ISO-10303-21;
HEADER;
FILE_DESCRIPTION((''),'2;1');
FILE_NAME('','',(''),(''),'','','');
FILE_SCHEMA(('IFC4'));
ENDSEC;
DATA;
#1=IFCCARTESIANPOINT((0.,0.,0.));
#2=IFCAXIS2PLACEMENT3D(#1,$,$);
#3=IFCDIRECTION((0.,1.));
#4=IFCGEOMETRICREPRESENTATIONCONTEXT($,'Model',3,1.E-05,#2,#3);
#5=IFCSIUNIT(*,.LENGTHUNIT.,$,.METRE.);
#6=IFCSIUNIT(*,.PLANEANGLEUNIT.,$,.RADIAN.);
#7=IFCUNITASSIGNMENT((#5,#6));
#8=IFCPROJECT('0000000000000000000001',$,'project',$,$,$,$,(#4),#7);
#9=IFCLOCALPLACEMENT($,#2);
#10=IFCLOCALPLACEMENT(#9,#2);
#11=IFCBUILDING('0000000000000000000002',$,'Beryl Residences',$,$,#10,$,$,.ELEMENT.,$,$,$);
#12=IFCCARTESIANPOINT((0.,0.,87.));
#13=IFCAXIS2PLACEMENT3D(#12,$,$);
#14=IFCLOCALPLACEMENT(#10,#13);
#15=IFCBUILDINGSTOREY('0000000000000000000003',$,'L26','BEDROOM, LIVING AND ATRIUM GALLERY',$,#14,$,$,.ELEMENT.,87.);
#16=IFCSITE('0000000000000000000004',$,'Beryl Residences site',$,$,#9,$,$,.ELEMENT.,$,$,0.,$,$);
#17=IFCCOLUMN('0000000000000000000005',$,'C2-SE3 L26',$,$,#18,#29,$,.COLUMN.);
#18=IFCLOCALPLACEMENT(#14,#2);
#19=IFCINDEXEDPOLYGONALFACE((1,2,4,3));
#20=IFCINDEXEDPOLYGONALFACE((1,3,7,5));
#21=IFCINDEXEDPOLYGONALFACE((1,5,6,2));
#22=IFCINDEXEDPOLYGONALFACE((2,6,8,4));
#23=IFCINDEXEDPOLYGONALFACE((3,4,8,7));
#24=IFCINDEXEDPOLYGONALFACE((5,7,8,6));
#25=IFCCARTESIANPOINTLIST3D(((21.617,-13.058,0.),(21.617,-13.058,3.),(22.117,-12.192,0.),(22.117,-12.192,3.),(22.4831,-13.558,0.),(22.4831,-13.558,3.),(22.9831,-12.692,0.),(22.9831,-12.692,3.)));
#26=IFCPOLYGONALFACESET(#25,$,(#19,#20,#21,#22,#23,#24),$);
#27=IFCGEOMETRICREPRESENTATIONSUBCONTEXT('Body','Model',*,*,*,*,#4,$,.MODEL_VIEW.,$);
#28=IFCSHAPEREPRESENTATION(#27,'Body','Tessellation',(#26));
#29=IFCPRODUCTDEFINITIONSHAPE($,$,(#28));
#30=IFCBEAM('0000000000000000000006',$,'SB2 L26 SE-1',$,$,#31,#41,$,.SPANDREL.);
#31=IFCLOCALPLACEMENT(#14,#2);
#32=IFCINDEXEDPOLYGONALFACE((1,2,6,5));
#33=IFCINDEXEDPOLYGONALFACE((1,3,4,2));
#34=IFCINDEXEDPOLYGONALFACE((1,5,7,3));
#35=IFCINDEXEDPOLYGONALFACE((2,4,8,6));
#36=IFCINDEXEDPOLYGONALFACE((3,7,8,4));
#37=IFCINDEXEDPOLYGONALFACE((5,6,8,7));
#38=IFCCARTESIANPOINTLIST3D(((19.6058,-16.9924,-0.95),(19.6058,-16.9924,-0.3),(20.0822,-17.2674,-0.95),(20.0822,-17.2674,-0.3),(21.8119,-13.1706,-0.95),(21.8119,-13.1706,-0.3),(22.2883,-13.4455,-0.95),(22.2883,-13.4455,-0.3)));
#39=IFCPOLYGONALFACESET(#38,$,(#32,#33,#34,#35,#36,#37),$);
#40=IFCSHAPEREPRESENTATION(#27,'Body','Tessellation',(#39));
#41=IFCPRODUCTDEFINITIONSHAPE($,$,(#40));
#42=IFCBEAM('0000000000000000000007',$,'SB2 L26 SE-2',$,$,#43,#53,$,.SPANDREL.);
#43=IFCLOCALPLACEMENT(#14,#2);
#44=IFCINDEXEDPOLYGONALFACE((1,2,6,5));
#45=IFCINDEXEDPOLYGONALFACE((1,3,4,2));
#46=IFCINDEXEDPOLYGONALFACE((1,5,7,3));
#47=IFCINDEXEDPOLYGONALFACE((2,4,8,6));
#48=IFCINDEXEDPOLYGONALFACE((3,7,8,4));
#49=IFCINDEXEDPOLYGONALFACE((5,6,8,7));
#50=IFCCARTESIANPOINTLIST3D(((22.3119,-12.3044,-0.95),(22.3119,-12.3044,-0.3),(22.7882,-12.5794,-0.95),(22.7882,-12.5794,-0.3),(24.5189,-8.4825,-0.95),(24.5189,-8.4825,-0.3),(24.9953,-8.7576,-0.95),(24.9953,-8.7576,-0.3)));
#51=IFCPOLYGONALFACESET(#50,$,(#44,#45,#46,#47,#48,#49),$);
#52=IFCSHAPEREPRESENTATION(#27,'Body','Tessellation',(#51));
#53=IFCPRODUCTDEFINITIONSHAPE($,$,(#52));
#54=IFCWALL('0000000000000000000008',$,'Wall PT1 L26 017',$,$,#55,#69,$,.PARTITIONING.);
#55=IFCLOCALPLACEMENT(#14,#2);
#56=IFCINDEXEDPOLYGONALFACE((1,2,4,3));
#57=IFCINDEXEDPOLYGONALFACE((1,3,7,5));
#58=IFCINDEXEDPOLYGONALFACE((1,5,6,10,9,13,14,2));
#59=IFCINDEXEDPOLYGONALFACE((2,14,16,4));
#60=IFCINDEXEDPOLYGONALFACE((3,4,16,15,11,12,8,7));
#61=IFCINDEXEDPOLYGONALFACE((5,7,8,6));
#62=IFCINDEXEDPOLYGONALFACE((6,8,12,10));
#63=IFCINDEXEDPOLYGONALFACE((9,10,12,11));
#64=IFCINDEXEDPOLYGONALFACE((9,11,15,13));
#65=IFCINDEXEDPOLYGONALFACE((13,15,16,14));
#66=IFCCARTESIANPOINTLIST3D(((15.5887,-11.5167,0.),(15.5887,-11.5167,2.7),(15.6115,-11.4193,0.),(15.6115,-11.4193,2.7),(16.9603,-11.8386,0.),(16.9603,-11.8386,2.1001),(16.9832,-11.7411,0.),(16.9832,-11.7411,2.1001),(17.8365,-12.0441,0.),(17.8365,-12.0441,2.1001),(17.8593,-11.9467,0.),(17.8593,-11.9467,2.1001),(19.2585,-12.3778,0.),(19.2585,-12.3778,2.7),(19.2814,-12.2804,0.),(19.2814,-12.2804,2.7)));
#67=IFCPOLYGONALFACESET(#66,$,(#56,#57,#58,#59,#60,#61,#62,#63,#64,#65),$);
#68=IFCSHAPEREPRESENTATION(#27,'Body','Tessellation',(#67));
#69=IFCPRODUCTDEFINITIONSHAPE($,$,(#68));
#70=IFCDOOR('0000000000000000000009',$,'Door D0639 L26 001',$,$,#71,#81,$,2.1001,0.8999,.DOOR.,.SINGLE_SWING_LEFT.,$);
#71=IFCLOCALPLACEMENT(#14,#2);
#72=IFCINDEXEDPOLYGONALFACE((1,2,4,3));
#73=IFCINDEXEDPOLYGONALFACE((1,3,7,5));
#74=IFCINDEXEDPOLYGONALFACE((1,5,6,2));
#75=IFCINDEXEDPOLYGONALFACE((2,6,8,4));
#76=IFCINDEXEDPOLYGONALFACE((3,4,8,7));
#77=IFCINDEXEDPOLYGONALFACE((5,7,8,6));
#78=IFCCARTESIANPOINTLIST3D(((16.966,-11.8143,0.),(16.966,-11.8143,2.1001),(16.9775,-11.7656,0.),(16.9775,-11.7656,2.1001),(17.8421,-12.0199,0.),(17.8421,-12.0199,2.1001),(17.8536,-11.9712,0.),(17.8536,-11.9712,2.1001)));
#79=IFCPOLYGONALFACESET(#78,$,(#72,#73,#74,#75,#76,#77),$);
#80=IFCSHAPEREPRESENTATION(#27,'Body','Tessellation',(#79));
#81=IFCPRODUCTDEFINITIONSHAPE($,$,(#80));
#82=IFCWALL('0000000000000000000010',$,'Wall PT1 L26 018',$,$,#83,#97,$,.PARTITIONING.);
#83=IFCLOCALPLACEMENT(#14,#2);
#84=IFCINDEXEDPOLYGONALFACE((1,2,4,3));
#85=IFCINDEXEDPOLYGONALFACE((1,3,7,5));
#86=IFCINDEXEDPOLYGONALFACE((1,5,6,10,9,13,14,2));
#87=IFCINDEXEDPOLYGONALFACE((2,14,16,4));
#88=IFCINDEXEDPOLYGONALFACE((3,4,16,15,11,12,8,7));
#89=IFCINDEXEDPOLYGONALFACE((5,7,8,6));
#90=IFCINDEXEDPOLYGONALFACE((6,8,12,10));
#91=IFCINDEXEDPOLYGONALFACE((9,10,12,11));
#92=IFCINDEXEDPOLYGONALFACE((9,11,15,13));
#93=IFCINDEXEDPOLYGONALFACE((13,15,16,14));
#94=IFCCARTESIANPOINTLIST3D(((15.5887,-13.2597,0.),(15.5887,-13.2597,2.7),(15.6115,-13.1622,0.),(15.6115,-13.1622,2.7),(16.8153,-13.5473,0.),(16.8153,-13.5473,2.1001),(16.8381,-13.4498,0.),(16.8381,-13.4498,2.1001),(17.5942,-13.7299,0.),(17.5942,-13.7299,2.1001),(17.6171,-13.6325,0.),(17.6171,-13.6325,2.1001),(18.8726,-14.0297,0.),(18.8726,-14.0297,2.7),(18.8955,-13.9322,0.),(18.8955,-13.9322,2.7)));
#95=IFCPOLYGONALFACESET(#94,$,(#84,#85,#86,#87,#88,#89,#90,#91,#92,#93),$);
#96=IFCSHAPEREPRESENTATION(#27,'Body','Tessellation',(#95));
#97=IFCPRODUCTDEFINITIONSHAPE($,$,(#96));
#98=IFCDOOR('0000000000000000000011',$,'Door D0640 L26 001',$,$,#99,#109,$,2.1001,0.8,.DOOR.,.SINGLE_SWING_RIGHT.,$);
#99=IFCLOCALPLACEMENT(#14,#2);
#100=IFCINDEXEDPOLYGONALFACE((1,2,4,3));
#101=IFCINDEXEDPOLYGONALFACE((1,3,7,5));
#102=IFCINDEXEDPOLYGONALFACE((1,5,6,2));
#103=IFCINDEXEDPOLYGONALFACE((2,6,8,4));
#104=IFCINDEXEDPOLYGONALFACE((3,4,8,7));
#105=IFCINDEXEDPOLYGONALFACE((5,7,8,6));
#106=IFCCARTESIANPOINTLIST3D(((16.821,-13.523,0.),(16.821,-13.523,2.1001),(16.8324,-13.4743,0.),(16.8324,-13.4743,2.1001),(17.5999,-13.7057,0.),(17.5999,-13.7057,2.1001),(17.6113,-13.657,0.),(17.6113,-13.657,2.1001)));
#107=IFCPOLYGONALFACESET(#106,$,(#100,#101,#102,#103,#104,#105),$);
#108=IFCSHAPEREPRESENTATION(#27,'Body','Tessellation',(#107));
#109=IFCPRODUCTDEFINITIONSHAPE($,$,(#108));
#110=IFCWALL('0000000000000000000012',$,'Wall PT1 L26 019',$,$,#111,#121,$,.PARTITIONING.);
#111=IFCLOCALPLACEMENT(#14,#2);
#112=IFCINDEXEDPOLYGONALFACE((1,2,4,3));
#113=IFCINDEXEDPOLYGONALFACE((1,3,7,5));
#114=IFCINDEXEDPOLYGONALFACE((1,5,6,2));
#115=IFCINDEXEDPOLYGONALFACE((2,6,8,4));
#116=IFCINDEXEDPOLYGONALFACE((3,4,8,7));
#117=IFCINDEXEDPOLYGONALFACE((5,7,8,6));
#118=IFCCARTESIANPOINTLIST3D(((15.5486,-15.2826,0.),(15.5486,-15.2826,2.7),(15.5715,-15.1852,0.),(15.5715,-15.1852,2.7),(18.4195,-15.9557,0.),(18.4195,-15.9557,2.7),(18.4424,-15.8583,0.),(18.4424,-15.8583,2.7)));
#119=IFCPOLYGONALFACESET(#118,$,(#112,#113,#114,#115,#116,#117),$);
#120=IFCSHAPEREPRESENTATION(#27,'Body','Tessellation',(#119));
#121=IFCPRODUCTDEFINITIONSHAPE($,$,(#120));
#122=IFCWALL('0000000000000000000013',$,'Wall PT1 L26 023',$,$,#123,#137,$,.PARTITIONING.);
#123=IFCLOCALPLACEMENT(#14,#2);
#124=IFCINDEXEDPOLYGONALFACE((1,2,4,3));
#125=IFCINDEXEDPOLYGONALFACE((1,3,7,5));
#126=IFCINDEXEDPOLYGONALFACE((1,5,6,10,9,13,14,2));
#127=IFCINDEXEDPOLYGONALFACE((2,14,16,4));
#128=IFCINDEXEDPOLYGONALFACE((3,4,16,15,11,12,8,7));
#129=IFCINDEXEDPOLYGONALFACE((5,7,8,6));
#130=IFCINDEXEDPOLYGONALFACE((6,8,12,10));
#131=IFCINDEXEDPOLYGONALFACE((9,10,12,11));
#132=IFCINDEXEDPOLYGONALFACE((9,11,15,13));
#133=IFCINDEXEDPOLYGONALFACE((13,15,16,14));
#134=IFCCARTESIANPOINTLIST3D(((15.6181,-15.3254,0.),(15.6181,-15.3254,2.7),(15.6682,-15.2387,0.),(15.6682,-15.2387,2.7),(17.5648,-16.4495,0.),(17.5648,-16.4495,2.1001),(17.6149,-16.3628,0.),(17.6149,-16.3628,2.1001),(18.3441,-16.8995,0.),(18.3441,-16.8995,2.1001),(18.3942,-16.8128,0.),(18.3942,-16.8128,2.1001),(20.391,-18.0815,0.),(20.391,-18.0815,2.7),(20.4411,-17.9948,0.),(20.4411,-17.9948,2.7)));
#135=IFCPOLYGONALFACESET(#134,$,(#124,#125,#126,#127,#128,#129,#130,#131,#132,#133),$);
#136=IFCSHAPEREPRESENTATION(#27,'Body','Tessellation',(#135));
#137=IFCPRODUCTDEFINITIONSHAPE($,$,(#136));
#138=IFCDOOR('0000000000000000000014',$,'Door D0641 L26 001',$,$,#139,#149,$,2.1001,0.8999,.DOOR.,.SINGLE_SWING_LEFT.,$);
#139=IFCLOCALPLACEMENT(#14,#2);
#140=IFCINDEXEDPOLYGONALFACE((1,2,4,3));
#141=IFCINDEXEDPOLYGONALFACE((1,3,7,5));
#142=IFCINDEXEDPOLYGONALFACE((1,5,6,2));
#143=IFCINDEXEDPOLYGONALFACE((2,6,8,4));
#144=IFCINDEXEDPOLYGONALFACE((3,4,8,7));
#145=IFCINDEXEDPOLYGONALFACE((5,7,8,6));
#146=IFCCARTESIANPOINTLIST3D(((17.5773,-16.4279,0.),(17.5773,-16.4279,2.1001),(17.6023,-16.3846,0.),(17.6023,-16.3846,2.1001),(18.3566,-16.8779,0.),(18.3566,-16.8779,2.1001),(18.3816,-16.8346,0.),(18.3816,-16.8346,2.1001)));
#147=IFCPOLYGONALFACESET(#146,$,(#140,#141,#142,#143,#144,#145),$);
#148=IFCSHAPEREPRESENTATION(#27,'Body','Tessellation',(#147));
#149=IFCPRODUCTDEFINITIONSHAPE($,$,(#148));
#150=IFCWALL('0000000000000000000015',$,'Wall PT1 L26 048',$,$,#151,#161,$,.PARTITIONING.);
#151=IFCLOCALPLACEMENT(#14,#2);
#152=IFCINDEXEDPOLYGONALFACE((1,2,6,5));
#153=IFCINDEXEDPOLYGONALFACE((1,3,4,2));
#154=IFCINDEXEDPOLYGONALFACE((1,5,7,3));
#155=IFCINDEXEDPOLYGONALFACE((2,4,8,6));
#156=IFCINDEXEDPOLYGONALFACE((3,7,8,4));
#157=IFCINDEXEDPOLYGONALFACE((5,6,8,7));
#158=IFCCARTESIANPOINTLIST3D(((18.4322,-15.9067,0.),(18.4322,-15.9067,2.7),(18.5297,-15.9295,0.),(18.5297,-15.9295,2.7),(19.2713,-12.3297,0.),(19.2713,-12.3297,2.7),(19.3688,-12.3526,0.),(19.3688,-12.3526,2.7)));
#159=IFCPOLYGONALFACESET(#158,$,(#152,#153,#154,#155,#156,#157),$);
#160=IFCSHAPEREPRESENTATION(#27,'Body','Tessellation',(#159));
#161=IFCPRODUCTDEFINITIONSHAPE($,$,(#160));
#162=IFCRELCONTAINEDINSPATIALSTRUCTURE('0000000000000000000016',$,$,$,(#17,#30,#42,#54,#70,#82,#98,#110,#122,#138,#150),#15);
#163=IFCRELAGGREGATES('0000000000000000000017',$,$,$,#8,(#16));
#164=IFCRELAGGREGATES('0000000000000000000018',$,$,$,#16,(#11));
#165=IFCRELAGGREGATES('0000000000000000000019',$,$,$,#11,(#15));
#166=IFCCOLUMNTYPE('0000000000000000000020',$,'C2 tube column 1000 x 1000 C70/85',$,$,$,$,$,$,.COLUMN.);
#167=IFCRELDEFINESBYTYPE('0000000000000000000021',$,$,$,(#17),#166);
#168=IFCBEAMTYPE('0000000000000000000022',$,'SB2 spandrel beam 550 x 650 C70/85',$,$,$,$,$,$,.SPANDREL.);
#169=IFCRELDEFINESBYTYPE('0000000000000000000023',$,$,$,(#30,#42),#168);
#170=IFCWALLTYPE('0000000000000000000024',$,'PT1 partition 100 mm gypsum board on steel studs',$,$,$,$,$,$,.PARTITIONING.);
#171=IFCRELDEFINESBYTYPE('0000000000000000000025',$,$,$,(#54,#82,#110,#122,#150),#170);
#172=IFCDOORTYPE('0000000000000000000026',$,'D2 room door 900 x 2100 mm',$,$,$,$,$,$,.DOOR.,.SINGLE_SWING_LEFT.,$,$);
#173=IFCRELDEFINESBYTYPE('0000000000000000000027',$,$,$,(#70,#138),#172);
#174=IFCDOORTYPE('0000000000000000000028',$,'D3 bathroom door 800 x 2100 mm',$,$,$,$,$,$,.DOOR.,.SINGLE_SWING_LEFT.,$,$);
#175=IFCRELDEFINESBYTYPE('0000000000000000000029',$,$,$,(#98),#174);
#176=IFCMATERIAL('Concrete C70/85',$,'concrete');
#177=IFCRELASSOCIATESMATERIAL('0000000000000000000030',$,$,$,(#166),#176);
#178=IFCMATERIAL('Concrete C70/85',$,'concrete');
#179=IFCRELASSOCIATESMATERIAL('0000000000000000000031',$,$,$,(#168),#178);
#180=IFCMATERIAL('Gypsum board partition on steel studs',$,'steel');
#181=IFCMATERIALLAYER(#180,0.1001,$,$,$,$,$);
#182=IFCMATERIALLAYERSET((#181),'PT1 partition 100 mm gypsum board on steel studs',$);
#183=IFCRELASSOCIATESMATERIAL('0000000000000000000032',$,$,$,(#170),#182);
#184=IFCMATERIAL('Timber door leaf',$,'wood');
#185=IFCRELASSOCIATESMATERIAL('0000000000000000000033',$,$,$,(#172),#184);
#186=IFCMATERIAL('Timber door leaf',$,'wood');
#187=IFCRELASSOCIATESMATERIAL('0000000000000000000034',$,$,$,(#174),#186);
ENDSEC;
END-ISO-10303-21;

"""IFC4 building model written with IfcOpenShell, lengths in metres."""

from ifc_helpers import new_model, si_unit, direction, frame, frame_2d, origin, origin_2d, place, context, subcontext, project, spatial, rectangle, extrude, material, layer, layer_set, material_profile, profile_set, type_object, element, fill, save


model = new_model("IFC4")

# Units and contexts
model_context = context("Model", 3, precision=1e-05, world=origin(), true_north=direction((0.0, 1.0)))
body_context = subcontext(model_context, "Body", "Model", "MODEL_VIEW")
ifc_project = project(units=[si_unit("LENGTHUNIT", "METRE"), si_unit("PLANEANGLEUNIT", "RADIAN")], contexts=[model_context])

# Site, building, storey
site_placement = place(None, origin())
site = spatial("IfcSite", under=ifc_project, at=site_placement, Name="Beryl Residences site", CompositionType="ELEMENT", RefElevation=0.0)
building_placement = place(site_placement, origin())
building = spatial("IfcBuilding", under=site, at=building_placement, Name="Beryl Residences", CompositionType="ELEMENT")
storey_placement = place(building_placement, frame((0.0, 0.0, 87.0)))
storey = spatial("IfcBuildingStorey", under=building, at=storey_placement, Name="L26", Description="BEDROOM, LIVING AND ATRIUM GALLERY", CompositionType="ELEMENT", Elevation=87.0)

# Column
ifc_material_1 = material(Name="Concrete C70/85", Category="concrete")
ifc_material_profile_1 = material_profile(ifc_material_1, rectangle(XDim=1.0, YDim=1.0, at=origin_2d()))
ifc_profile_set_1 = profile_set([ifc_material_profile_1], Name="Concrete C70/85")
column_type = type_object("IfcColumnType", Name="C2 tube column 1000 x 1000 C70/85", PredefinedType="COLUMN", material=ifc_profile_set_1)
column_placement = place(storey_placement, frame((22.3, -12.875, 0.0), z_axis=(0.0, 0.0, 1.0), x_axis=(0.5, 0.866025, 0.0)))
element("IfcColumn", 1, at=column_placement, inside=storey, type_object=column_type, Name="C2-SE3 L26", PredefinedType="COLUMN", context=body_context, shape_type="SweptSolid", body=[
    extrude(rectangle(XDim=1.0, YDim=1.0, at=origin_2d()), origin(), (0.0, 0.0, 1.0), 3.0),
])

# Beams
ifc_material_2 = material(Name="Concrete C70/85", Category="concrete")
ifc_material_profile_2 = material_profile(ifc_material_2, rectangle(XDim=0.55, YDim=0.6499, at=origin_2d()))
ifc_profile_set_2 = profile_set([ifc_material_profile_2], Name="Concrete C70/85")
beam_type = type_object("IfcBeamType", Name="SB2 spandrel beam 550 x 650 C70/85", PredefinedType="SPANDREL", material=ifc_profile_set_2)
beam_1_placement = place(storey_placement, frame((19.844, -17.1299, -0.625), z_axis=(0.499924, 0.86607, 0.0), x_axis=(-0.86607, 0.499924, 0.0)))
element("IfcBeam", 2, at=beam_1_placement, inside=storey, type_object=beam_type, Name="SB2 L26 SE-1", PredefinedType="SPANDREL", context=body_context, shape_type="SweptSolid", body=[
    extrude(rectangle(XDim=0.55, YDim=0.6499, at=origin_2d()), origin(), (0.0, 0.0, 1.0), 4.4128),
])
beam_2_placement = place(storey_placement, frame((22.55, -12.4419, -0.625), z_axis=(0.50009, 0.865974, 0.0), x_axis=(-0.865974, 0.50009, 0.0)))
element("IfcBeam", 3, at=beam_2_placement, inside=storey, type_object=beam_type, Name="SB2 L26 SE-2", PredefinedType="SPANDREL", context=body_context, shape_type="SweptSolid", body=[
    extrude(rectangle(XDim=0.55, YDim=0.6499, at=origin_2d()), origin(), (0.0, 0.0, 1.0), 4.4133),
])

# Walls, openings, doors
ifc_material_3 = material(Name="Gypsum board partition on steel studs", Category="steel")
ifc_layer = layer(ifc_material_3, 0.1001)
ifc_layer_set = layer_set([ifc_layer], Name="PT1 partition 100 mm gypsum board on steel studs")
wall_type = type_object("IfcWallType", Name="PT1 partition 100 mm gypsum board on steel studs", PredefinedType="PARTITIONING", material=ifc_layer_set)
wall_1_placement = place(storey_placement, frame((15.6001, -11.468, 0.0), z_axis=(0.0, 0.0, 1.0), x_axis=(0.973561, -0.228429, 0.0)))
wall_1 = element("IfcWall", 4, at=wall_1_placement, inside=storey, type_object=wall_type, Name="Wall PT1 L26 017", PredefinedType="PARTITIONING", context=body_context, shape_type="SweptSolid", body=[
    extrude(rectangle(XDim=3.7695, YDim=0.1001, at=frame_2d((1.8848, 0.0))), origin(), (0.0, 0.0, 1.0), 2.7),
])
opening_1_placement = place(wall_1_placement, frame((1.4089, 0.0, 0.0)))
opening_1 = element("IfcOpeningElement", 5, at=opening_1_placement, cuts=wall_1, PredefinedType="OPENING", context=body_context, shape_type="SweptSolid", body=[
    extrude(rectangle(XDim=0.8999, YDim=2.1001, at=frame_2d((0.45, 1.05))), frame((0.0, 0.0601, 0.0), z_axis=(0.0, -1.0, 0.0), x_axis=(1.0, 0.0, 0.0)), (0.0, 0.0, 1.0), 0.1201),
])
ifc_material_4 = material(Name="Timber door leaf", Category="wood")
door_type_1 = type_object("IfcDoorType", Name="D2 room door 900 x 2100 mm", OperationType="SINGLE_SWING_LEFT", PredefinedType="DOOR", material=ifc_material_4)
door_1_placement = place(opening_1_placement, origin())
door_1 = element("IfcDoor", 6, at=door_1_placement, inside=storey, type_object=door_type_1, Name="Door D0639 L26 001", OperationType="SINGLE_SWING_LEFT", OverallHeight=2.1001, OverallWidth=0.8999, PredefinedType="DOOR", context=body_context, shape_type="SweptSolid", body=[
    extrude(rectangle(XDim=0.8999, YDim=2.1001, at=frame_2d((0.45, 1.05))), frame((0.0, 0.0249, 0.0), z_axis=(0.0, -1.0, 0.0), x_axis=(1.0, 0.0, 0.0)), (0.0, 0.0, 1.0), 0.05),
])
fill(opening_1, door_1)
wall_2_placement = place(storey_placement, frame((15.6001, -13.2109, 0.0), z_axis=(0.0, 0.0, 1.0), x_axis=(0.973593, -0.228289, 0.0)))
wall_2 = element("IfcWall", 7, at=wall_2_placement, inside=storey, type_object=wall_type, Name="Wall PT1 L26 018", PredefinedType="PARTITIONING", context=body_context, shape_type="SweptSolid", body=[
    extrude(rectangle(XDim=3.373, YDim=0.1001, at=frame_2d((1.6865, 0.0))), origin(), (0.0, 0.0, 1.0), 2.7),
])
opening_2_placement = place(wall_2_placement, frame((1.26, 0.0, 0.0)))
opening_2 = element("IfcOpeningElement", 8, at=opening_2_placement, cuts=wall_2, PredefinedType="OPENING", context=body_context, shape_type="SweptSolid", body=[
    extrude(rectangle(XDim=0.8, YDim=2.1001, at=frame_2d((0.3999, 1.05))), frame((0.0, 0.0601, 0.0), z_axis=(0.0, -1.0, 0.0), x_axis=(1.0, 0.0, 0.0)), (0.0, 0.0, 1.0), 0.1201),
])
ifc_material_5 = material(Name="Timber door leaf", Category="wood")
door_type_2 = type_object("IfcDoorType", Name="D3 bathroom door 800 x 2100 mm", OperationType="SINGLE_SWING_LEFT", PredefinedType="DOOR", material=ifc_material_5)
door_2_placement = place(opening_2_placement, origin())
door_2 = element("IfcDoor", 9, at=door_2_placement, inside=storey, type_object=door_type_2, Name="Door D0640 L26 001", OperationType="SINGLE_SWING_RIGHT", OverallHeight=2.1001, OverallWidth=0.8, PredefinedType="DOOR", context=body_context, shape_type="SweptSolid", body=[
    extrude(rectangle(XDim=0.8, YDim=2.1001, at=frame_2d((0.3999, 1.05))), frame((0.0, 0.0249, 0.0), z_axis=(0.0, -1.0, 0.0), x_axis=(1.0, 0.0, 0.0)), (0.0, 0.0, 1.0), 0.05),
])
fill(opening_2, door_2)

# Wall
wall_3_placement = place(storey_placement, frame((15.5601, -15.2339, 0.0), z_axis=(0.0, 0.0, 1.0), x_axis=(0.973598, -0.228269, 0.0)))
element("IfcWall", 10, at=wall_3_placement, inside=storey, type_object=wall_type, Name="Wall PT1 L26 019", PredefinedType="PARTITIONING", context=body_context, shape_type="SweptSolid", body=[
    extrude(rectangle(XDim=2.9487, YDim=0.1001, at=frame_2d((1.4744, 0.0))), origin(), (0.0, 0.0, 1.0), 2.7),
])

# Wall, opening, door
wall_4_placement = place(storey_placement, frame((15.6431, -15.282, 0.0), z_axis=(0.0, 0.0, 1.0), x_axis=(0.865991, -0.50006, 0.0)))
wall_4 = element("IfcWall", 11, at=wall_4_placement, inside=storey, type_object=wall_type, Name="Wall PT1 L26 023", PredefinedType="PARTITIONING", context=body_context, shape_type="SweptSolid", body=[
    extrude(rectangle(XDim=5.5115, YDim=0.1001, at=frame_2d((2.7559, 0.0))), origin(), (0.0, 0.0, 1.0), 2.7),
])
opening_3_placement = place(wall_4_placement, frame((2.248, 0.0, 0.0)))
opening_3 = element("IfcOpeningElement", 12, at=opening_3_placement, cuts=wall_4, PredefinedType="OPENING", context=body_context, shape_type="SweptSolid", body=[
    extrude(rectangle(XDim=0.8999, YDim=2.1001, at=frame_2d((0.45, 1.05))), frame((0.0, 0.0601, 0.0), z_axis=(0.0, -1.0, 0.0), x_axis=(1.0, 0.0, 0.0)), (0.0, 0.0, 1.0), 0.1201),
])
door_3_placement = place(opening_3_placement, origin())
door_3 = element("IfcDoor", 13, at=door_3_placement, inside=storey, type_object=door_type_1, Name="Door D0641 L26 001", OperationType="SINGLE_SWING_LEFT", OverallHeight=2.1001, OverallWidth=0.8999, PredefinedType="DOOR", context=body_context, shape_type="SweptSolid", body=[
    extrude(rectangle(XDim=0.8999, YDim=2.1001, at=frame_2d((0.45, 1.05))), frame((0.0, 0.0249, 0.0), z_axis=(0.0, -1.0, 0.0), x_axis=(1.0, 0.0, 0.0)), (0.0, 0.0, 1.0), 0.05),
])
fill(opening_3, door_3)

# Wall
wall_5_placement = place(storey_placement, frame((18.481, -15.918, 0.0), z_axis=(0.0, 0.0, 1.0), x_axis=(0.228391, 0.973569, 0.0)))
element("IfcWall", 14, at=wall_5_placement, inside=storey, type_object=wall_type, Name="Wall PT1 L26 048", PredefinedType="PARTITIONING", context=body_context, shape_type="SweptSolid", body=[
    extrude(rectangle(XDim=3.6741, YDim=0.1001, at=frame_2d((1.8369, 0.0))), origin(), (0.0, 0.0, 1.0), 2.7),
])

save(model, "model.ifc")
